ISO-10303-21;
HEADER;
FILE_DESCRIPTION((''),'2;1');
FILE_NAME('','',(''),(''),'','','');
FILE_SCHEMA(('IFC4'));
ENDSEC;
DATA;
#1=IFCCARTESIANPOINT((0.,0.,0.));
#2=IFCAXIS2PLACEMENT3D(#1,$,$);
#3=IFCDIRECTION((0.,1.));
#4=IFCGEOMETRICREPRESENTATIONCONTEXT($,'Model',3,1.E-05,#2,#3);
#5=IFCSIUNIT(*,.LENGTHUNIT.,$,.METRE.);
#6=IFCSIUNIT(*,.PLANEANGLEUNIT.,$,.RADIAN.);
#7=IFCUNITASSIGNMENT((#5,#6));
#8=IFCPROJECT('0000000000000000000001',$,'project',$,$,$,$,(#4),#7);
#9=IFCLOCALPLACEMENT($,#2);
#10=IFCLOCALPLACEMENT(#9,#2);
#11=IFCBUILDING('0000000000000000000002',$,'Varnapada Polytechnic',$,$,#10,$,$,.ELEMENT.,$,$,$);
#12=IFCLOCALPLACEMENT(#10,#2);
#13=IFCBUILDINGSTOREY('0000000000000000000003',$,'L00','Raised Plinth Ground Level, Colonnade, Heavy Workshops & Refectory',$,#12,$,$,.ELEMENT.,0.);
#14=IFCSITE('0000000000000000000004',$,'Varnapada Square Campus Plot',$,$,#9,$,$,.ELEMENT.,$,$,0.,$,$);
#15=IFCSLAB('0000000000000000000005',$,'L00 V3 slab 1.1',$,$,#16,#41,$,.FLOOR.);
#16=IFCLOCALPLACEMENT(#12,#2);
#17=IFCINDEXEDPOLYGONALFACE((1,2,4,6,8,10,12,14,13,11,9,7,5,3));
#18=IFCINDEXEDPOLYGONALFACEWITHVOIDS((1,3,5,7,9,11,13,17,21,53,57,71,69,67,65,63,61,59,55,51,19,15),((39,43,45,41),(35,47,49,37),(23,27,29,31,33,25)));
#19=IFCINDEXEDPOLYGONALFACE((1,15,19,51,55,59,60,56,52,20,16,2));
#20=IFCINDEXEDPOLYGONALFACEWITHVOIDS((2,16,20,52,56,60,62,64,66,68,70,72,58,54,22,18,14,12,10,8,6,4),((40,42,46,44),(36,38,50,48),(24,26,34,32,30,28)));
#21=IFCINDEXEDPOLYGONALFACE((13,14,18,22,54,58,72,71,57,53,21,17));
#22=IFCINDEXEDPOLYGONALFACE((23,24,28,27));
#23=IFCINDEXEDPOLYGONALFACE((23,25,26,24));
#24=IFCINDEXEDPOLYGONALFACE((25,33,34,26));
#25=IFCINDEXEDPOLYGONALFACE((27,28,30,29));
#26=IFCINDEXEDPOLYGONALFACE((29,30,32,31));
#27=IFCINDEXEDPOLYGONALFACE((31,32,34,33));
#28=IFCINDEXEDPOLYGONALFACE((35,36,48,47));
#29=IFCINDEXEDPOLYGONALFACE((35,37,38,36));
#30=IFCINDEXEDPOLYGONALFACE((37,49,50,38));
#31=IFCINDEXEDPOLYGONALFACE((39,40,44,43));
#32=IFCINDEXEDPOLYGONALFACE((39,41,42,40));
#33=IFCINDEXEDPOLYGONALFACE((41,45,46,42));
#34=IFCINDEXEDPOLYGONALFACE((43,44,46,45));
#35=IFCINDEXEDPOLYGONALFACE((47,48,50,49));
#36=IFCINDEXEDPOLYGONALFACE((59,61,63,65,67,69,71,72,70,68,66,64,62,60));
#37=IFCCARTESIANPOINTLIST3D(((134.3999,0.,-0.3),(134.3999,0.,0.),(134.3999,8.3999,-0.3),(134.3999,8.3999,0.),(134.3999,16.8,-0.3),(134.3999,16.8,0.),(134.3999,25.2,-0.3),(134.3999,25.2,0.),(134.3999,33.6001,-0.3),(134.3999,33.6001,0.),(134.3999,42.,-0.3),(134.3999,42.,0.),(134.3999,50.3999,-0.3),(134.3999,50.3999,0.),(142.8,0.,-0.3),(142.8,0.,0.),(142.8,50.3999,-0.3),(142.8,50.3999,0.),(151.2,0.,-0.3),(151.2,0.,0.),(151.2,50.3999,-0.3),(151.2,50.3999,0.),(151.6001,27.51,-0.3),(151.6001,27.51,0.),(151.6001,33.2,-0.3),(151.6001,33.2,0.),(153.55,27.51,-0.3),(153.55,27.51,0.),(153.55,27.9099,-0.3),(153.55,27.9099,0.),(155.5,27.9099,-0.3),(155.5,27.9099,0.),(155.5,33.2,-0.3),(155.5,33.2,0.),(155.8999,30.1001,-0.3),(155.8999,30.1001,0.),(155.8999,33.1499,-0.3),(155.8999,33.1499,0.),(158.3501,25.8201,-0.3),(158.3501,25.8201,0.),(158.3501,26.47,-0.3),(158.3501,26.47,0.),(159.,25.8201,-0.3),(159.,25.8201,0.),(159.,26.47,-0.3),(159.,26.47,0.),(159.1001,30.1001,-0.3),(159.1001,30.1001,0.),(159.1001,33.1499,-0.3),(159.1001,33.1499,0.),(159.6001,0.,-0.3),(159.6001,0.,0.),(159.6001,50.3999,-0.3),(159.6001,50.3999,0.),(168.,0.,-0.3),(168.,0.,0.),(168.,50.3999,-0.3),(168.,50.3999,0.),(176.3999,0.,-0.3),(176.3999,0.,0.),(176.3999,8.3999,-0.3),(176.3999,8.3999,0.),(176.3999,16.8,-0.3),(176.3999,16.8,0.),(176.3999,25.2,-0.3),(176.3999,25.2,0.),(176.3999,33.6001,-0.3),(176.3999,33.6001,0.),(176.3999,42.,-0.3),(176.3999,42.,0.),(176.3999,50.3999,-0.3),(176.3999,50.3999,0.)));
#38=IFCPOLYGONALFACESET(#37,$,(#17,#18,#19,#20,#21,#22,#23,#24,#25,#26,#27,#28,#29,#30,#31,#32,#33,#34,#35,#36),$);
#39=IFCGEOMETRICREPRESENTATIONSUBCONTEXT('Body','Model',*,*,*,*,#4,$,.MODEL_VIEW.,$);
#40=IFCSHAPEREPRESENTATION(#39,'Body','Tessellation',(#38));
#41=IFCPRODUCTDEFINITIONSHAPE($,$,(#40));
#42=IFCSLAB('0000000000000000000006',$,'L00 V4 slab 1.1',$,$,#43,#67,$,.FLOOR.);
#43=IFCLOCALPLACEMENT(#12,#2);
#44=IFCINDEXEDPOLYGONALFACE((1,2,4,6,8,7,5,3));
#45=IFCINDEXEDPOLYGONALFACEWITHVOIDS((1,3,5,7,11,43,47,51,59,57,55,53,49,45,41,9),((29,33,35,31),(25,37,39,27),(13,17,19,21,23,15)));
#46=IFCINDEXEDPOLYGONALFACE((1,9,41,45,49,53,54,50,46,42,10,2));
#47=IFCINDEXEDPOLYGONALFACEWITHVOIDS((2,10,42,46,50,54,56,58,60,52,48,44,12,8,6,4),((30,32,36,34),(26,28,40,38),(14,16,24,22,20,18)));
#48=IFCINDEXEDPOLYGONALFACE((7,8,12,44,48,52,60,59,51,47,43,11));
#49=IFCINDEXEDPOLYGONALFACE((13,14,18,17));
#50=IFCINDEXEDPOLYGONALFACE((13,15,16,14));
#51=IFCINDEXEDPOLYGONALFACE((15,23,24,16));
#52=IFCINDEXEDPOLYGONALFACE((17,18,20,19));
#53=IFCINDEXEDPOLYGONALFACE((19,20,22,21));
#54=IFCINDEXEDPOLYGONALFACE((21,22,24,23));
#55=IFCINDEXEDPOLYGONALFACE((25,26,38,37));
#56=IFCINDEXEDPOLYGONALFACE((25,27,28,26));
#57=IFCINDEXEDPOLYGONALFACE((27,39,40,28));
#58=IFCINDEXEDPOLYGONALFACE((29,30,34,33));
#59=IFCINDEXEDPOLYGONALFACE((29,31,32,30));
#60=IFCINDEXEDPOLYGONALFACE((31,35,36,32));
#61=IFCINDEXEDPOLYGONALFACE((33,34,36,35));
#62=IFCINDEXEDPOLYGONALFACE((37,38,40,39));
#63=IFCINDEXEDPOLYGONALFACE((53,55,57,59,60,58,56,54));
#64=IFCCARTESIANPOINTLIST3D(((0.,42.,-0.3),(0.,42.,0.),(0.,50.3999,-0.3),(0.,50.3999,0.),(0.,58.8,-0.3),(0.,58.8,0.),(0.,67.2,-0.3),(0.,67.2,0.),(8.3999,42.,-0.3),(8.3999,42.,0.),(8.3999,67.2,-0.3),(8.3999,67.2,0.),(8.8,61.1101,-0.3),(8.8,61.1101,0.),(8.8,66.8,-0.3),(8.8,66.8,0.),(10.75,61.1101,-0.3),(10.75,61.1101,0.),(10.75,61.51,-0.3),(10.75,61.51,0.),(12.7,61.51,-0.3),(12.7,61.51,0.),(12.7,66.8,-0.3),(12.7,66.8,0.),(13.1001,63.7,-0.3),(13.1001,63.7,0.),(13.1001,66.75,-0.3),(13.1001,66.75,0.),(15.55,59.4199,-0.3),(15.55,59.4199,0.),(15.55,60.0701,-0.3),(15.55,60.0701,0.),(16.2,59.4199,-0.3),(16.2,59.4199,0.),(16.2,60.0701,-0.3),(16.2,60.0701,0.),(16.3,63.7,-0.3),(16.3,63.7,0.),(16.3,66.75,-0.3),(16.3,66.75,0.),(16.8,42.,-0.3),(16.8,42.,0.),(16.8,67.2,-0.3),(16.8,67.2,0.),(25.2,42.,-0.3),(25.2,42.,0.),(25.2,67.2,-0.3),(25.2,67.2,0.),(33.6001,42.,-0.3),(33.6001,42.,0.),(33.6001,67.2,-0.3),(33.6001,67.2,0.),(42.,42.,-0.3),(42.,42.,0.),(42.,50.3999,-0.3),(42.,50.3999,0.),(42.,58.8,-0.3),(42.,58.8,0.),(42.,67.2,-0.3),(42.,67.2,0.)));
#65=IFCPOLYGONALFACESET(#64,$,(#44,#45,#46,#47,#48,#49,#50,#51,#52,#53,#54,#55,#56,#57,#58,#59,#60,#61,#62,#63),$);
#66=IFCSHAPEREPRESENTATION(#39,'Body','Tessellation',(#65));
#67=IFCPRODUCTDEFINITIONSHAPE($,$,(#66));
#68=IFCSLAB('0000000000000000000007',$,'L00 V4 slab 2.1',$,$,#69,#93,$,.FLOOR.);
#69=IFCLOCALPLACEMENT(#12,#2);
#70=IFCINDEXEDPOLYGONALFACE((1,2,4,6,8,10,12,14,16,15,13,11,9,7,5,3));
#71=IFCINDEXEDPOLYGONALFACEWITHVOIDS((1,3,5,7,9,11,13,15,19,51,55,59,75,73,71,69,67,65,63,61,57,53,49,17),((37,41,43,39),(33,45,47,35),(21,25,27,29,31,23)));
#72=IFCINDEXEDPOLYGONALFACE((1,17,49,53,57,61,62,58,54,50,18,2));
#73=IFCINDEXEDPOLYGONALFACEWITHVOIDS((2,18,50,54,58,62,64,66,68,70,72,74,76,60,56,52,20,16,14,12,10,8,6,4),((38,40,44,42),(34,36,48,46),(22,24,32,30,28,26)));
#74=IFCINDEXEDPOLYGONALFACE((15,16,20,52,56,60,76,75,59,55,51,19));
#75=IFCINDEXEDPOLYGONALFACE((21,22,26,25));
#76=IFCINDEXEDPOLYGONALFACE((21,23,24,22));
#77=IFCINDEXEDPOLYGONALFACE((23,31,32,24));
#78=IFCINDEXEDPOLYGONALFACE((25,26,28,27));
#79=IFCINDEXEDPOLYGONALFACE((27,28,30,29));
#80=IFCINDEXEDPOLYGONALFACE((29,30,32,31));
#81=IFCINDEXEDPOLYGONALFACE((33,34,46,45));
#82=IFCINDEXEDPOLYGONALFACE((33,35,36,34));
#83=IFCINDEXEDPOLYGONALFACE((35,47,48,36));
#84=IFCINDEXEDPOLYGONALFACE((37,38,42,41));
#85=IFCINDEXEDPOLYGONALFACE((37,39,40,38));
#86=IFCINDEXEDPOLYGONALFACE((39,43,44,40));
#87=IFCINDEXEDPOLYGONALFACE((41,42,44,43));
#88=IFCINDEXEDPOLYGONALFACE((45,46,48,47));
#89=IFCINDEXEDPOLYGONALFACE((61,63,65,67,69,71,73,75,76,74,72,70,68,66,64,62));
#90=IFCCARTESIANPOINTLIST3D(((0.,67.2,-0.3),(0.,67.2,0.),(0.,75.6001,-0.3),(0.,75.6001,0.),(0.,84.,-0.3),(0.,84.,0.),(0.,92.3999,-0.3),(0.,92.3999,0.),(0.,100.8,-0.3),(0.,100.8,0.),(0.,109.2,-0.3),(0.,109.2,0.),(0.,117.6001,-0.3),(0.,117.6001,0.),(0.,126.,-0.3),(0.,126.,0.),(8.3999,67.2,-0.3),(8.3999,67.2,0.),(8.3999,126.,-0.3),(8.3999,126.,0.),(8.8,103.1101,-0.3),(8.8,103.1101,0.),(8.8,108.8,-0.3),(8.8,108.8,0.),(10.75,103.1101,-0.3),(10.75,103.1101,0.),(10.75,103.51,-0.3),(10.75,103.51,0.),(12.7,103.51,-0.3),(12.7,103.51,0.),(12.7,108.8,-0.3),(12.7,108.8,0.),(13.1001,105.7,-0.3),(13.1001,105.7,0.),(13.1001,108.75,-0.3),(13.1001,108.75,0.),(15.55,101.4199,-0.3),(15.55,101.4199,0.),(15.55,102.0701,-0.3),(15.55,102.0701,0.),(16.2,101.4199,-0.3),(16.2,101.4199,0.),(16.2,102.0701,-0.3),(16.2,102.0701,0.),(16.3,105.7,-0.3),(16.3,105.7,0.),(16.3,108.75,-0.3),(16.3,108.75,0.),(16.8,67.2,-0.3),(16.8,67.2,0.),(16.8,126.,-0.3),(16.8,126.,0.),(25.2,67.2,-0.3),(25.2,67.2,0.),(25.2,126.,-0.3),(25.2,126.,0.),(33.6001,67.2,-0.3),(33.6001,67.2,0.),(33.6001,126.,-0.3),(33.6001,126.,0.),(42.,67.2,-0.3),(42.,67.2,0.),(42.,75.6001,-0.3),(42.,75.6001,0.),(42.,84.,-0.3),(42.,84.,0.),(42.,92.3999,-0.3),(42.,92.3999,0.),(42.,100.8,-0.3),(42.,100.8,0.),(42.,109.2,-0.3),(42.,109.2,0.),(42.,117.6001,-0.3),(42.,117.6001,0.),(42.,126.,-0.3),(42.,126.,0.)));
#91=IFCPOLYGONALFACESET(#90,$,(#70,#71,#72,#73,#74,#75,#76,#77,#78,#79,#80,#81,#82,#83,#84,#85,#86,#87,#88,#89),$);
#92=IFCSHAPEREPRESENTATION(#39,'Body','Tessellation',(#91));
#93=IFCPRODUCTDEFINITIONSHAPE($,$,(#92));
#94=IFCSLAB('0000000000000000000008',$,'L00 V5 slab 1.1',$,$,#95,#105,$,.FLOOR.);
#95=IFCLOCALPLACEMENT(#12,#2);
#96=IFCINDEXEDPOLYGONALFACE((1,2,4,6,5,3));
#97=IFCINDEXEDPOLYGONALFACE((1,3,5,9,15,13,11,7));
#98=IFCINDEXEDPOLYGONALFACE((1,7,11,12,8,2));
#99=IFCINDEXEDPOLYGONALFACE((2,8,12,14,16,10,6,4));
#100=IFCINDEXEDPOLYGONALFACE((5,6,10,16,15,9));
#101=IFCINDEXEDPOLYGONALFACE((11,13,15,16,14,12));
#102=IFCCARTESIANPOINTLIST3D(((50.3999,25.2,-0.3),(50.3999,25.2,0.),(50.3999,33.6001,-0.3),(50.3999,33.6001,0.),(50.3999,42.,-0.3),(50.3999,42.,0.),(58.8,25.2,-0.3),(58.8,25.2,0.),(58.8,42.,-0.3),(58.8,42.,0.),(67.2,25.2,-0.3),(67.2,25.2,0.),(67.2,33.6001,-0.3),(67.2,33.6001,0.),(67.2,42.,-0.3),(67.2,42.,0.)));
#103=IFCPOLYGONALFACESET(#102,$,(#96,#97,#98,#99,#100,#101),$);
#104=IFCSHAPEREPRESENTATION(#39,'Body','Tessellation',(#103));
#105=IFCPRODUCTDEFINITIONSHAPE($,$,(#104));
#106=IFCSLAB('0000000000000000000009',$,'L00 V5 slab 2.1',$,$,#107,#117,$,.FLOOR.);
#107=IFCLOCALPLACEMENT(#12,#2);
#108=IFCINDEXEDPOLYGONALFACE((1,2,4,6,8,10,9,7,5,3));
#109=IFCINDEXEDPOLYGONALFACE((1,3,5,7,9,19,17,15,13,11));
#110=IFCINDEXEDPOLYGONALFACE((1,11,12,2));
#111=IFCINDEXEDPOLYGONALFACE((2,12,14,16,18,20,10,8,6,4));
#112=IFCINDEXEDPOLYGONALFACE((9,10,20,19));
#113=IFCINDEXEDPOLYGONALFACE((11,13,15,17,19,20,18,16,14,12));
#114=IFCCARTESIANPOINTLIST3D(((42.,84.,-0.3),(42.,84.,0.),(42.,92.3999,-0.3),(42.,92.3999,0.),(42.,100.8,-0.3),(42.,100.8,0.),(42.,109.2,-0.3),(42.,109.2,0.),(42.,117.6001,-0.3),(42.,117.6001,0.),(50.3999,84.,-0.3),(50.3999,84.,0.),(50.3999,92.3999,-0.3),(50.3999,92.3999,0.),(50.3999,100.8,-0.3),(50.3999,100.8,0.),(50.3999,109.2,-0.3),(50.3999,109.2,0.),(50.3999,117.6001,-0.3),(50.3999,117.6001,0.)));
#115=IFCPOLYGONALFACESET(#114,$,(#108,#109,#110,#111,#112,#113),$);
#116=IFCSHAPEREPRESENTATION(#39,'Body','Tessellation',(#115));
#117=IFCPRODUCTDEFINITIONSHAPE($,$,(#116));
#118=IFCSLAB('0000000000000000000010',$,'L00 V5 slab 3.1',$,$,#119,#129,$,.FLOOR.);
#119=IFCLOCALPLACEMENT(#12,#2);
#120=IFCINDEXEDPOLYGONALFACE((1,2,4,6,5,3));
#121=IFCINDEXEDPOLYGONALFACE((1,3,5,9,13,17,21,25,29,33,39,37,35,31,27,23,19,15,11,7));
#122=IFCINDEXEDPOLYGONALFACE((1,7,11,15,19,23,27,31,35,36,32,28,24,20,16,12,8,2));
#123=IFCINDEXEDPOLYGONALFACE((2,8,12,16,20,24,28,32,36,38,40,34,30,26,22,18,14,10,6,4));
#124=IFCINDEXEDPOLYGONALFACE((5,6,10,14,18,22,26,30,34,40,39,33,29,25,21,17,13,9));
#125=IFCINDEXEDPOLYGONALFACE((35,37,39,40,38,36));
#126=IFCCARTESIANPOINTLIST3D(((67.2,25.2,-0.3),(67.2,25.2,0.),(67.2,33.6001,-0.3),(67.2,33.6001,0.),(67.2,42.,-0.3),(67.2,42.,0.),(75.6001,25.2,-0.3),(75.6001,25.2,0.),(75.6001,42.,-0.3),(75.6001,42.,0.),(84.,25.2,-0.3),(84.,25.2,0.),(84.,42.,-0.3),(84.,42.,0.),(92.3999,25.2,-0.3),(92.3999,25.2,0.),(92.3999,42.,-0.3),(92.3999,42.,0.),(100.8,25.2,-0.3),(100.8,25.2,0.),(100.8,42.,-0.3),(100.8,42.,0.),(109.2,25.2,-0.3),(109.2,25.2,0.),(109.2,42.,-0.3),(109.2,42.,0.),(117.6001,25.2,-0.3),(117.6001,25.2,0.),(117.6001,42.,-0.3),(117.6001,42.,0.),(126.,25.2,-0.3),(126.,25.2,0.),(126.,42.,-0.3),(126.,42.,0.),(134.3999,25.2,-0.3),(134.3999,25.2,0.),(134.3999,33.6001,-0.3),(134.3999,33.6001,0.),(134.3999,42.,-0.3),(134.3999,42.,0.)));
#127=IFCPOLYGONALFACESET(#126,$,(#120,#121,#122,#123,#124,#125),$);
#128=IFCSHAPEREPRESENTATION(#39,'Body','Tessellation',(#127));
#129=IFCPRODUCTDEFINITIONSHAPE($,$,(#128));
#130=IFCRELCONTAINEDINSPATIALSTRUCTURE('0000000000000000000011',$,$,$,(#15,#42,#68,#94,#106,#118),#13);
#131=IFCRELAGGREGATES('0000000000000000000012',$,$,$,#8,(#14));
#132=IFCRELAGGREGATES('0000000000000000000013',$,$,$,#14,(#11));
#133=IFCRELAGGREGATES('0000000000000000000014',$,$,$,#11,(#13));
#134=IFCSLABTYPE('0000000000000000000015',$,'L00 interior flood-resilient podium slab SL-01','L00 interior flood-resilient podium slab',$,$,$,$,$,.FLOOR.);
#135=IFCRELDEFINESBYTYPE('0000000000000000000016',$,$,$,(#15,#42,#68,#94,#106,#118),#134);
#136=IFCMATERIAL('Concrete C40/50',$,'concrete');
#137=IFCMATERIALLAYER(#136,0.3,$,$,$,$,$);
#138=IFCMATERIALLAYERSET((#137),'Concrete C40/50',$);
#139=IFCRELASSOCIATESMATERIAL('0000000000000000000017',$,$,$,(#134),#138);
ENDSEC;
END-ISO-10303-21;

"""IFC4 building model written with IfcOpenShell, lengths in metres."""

from ifc_helpers import new_model, si_unit, direction, frame, origin, place, context, subcontext, project, spatial, polyline, outline, extrude, material, layer, layer_set, type_object, element, save


model = new_model("IFC4")

# Units and contexts
model_context = context("Model", 3, precision=1e-05, world=origin(), true_north=direction((0.0, 1.0)))
body_context = subcontext(model_context, "Body", "Model", "MODEL_VIEW")
ifc_project = project(units=[si_unit("LENGTHUNIT", "METRE"), si_unit("PLANEANGLEUNIT", "RADIAN")], contexts=[model_context])

# Site, building, storey
site_placement = place(None, origin())
site = spatial("IfcSite", under=ifc_project, at=site_placement, Name="Varnapada Square Campus Plot", CompositionType="ELEMENT", RefElevation=0.0)
building_placement = place(site_placement, origin())
building = spatial("IfcBuilding", under=site, at=building_placement, Name="Varnapada Polytechnic", CompositionType="ELEMENT")
storey_placement = place(building_placement, origin())
storey = spatial("IfcBuildingStorey", under=building, at=storey_placement, Name="L00", Description="Raised Plinth Ground Level, Colonnade, Heavy Workshops & Refectory", CompositionType="ELEMENT", Elevation=0.0)

# Slabs
ifc_material = material(Name="Concrete C40/50", Category="concrete")
ifc_layer_1 = layer(ifc_material, 0.3)
ifc_layer_set_1 = layer_set([ifc_layer_1], Name="Concrete C40/50")
slab_type_1 = type_object("IfcSlabType", Name="L00 interior flood-resilient podium slab SL-01", Description="L00 interior flood-resilient podium slab", PredefinedType="FLOOR", material=ifc_layer_set_1)
slab_1_placement = place(storey_placement, frame((0.0, 0.0, -0.3)))
element("IfcSlab", 1, at=slab_1_placement, inside=storey, type_object=slab_type_1, Name="L00 V3 slab 1.1", PredefinedType="FLOOR", context=body_context, shape_type="SweptSolid", body=[
    extrude(outline(polyline([(134.3999, 25.2), (134.3999, 33.6001), (134.3999, 42.0), (134.3999, 50.3999), (142.8, 50.3999), (151.2, 50.3999), (159.6001, 50.3999), (168.0, 50.3999), (176.3999, 50.3999), (176.3999, 42.0), (176.3999, 33.6001), (176.3999, 25.2), (176.3999, 16.8), (176.3999, 8.3999), (176.3999, 0.0), (168.0, 0.0), (159.6001, 0.0), (151.2, 0.0), (142.8, 0.0), (134.3999, 0.0), (134.3999, 8.3999), (134.3999, 16.8), (134.3999, 25.2)]), holes=[polyline([(151.6001, 27.51), (153.55, 27.51), (153.55, 27.9099), (155.5, 27.9099), (155.5, 33.2), (151.6001, 33.2), (151.6001, 27.51)]), polyline([(155.8999, 30.1001), (159.1001, 30.1001), (159.1001, 33.1499), (155.8999, 33.1499), (155.8999, 30.1001)]), polyline([(158.3501, 25.8201), (159.0, 25.8201), (159.0, 26.47), (158.3501, 26.47), (158.3501, 25.8201)])]), origin(), (0.0, 0.0, 1.0), 0.3),
])
slab_2_placement = place(storey_placement, frame((0.0, 0.0, -0.3)))
element("IfcSlab", 2, at=slab_2_placement, inside=storey, type_object=slab_type_1, Name="L00 V4 slab 1.1", PredefinedType="FLOOR", context=body_context, shape_type="SweptSolid", body=[
    extrude(outline(polyline([(0.0, 58.8), (0.0, 67.2), (8.3999, 67.2), (16.8, 67.2), (25.2, 67.2), (33.6001, 67.2), (42.0, 67.2), (42.0, 58.8), (42.0, 50.3999), (42.0, 42.0), (33.6001, 42.0), (25.2, 42.0), (16.8, 42.0), (8.3999, 42.0), (0.0, 42.0), (0.0, 50.3999), (0.0, 58.8)]), holes=[polyline([(8.8, 61.1101), (10.75, 61.1101), (10.75, 61.51), (12.7, 61.51), (12.7, 66.8), (8.8, 66.8), (8.8, 61.1101)]), polyline([(13.1001, 63.7), (16.3, 63.7), (16.3, 66.75), (13.1001, 66.75), (13.1001, 63.7)]), polyline([(15.55, 59.4199), (16.2, 59.4199), (16.2, 60.0701), (15.55, 60.0701), (15.55, 59.4199)])]), origin(), (0.0, 0.0, 1.0), 0.3),
])
slab_3_placement = place(storey_placement, frame((0.0, 0.0, -0.3)))
element("IfcSlab", 3, at=slab_3_placement, inside=storey, type_object=slab_type_1, Name="L00 V4 slab 2.1", PredefinedType="FLOOR", context=body_context, shape_type="SweptSolid", body=[
    extrude(outline(polyline([(0.0, 100.8), (0.0, 109.2), (0.0, 117.6001), (0.0, 126.0), (8.3999, 126.0), (16.8, 126.0), (25.2, 126.0), (33.6001, 126.0), (42.0, 126.0), (42.0, 117.6001), (42.0, 109.2), (42.0, 100.8), (42.0, 92.3999), (42.0, 84.0), (42.0, 75.6001), (42.0, 67.2), (33.6001, 67.2), (25.2, 67.2), (16.8, 67.2), (8.3999, 67.2), (0.0, 67.2), (0.0, 75.6001), (0.0, 84.0), (0.0, 92.3999), (0.0, 100.8)]), holes=[polyline([(8.8, 103.1101), (10.75, 103.1101), (10.75, 103.51), (12.7, 103.51), (12.7, 108.8), (8.8, 108.8), (8.8, 103.1101)]), polyline([(13.1001, 105.7), (16.3, 105.7), (16.3, 108.75), (13.1001, 108.75), (13.1001, 105.7)]), polyline([(15.55, 101.4199), (16.2, 101.4199), (16.2, 102.0701), (15.55, 102.0701), (15.55, 101.4199)])]), origin(), (0.0, 0.0, 1.0), 0.3),
])
slab_4_placement = place(storey_placement, frame((0.0, 0.0, -0.3)))
element("IfcSlab", 4, at=slab_4_placement, inside=storey, type_object=slab_type_1, Name="L00 V5 slab 1.1", PredefinedType="FLOOR", context=body_context, shape_type="SweptSolid", body=[
    extrude(outline(polyline([(50.3999, 33.6001), (50.3999, 42.0), (58.8, 42.0), (67.2, 42.0), (67.2, 33.6001), (67.2, 25.2), (58.8, 25.2), (50.3999, 25.2), (50.3999, 33.6001)])), origin(), (0.0, 0.0, 1.0), 0.3),
])
slab_5_placement = place(storey_placement, frame((0.0, 0.0, -0.3)))
element("IfcSlab", 5, at=slab_5_placement, inside=storey, type_object=slab_type_1, Name="L00 V5 slab 2.1", PredefinedType="FLOOR", context=body_context, shape_type="SweptSolid", body=[
    extrude(outline(polyline([(42.0, 84.0), (42.0, 92.3999), (42.0, 100.8), (42.0, 109.2), (42.0, 117.6001), (50.3999, 117.6001), (50.3999, 109.2), (50.3999, 100.8), (50.3999, 92.3999), (50.3999, 84.0), (42.0, 84.0)])), origin(), (0.0, 0.0, 1.0), 0.3),
])
slab_6_placement = place(storey_placement, frame((0.0, 0.0, -0.3)))
element("IfcSlab", 6, at=slab_6_placement, inside=storey, type_object=slab_type_1, Name="L00 V5 slab 3.1", PredefinedType="FLOOR", context=body_context, shape_type="SweptSolid", body=[
    extrude(outline(polyline([(92.3999, 25.2), (84.0, 25.2), (75.6001, 25.2), (67.2, 25.2), (67.2, 33.6001), (67.2, 42.0), (75.6001, 42.0), (84.0, 42.0), (92.3999, 42.0), (100.8, 42.0), (109.2, 42.0), (117.6001, 42.0), (126.0, 42.0), (134.3999, 42.0), (134.3999, 33.6001), (134.3999, 25.2), (126.0, 25.2), (117.6001, 25.2), (109.2, 25.2), (100.8, 25.2), (92.3999, 25.2)])), origin(), (0.0, 0.0, 1.0), 0.3),
])

save(model, "model.ifc")
